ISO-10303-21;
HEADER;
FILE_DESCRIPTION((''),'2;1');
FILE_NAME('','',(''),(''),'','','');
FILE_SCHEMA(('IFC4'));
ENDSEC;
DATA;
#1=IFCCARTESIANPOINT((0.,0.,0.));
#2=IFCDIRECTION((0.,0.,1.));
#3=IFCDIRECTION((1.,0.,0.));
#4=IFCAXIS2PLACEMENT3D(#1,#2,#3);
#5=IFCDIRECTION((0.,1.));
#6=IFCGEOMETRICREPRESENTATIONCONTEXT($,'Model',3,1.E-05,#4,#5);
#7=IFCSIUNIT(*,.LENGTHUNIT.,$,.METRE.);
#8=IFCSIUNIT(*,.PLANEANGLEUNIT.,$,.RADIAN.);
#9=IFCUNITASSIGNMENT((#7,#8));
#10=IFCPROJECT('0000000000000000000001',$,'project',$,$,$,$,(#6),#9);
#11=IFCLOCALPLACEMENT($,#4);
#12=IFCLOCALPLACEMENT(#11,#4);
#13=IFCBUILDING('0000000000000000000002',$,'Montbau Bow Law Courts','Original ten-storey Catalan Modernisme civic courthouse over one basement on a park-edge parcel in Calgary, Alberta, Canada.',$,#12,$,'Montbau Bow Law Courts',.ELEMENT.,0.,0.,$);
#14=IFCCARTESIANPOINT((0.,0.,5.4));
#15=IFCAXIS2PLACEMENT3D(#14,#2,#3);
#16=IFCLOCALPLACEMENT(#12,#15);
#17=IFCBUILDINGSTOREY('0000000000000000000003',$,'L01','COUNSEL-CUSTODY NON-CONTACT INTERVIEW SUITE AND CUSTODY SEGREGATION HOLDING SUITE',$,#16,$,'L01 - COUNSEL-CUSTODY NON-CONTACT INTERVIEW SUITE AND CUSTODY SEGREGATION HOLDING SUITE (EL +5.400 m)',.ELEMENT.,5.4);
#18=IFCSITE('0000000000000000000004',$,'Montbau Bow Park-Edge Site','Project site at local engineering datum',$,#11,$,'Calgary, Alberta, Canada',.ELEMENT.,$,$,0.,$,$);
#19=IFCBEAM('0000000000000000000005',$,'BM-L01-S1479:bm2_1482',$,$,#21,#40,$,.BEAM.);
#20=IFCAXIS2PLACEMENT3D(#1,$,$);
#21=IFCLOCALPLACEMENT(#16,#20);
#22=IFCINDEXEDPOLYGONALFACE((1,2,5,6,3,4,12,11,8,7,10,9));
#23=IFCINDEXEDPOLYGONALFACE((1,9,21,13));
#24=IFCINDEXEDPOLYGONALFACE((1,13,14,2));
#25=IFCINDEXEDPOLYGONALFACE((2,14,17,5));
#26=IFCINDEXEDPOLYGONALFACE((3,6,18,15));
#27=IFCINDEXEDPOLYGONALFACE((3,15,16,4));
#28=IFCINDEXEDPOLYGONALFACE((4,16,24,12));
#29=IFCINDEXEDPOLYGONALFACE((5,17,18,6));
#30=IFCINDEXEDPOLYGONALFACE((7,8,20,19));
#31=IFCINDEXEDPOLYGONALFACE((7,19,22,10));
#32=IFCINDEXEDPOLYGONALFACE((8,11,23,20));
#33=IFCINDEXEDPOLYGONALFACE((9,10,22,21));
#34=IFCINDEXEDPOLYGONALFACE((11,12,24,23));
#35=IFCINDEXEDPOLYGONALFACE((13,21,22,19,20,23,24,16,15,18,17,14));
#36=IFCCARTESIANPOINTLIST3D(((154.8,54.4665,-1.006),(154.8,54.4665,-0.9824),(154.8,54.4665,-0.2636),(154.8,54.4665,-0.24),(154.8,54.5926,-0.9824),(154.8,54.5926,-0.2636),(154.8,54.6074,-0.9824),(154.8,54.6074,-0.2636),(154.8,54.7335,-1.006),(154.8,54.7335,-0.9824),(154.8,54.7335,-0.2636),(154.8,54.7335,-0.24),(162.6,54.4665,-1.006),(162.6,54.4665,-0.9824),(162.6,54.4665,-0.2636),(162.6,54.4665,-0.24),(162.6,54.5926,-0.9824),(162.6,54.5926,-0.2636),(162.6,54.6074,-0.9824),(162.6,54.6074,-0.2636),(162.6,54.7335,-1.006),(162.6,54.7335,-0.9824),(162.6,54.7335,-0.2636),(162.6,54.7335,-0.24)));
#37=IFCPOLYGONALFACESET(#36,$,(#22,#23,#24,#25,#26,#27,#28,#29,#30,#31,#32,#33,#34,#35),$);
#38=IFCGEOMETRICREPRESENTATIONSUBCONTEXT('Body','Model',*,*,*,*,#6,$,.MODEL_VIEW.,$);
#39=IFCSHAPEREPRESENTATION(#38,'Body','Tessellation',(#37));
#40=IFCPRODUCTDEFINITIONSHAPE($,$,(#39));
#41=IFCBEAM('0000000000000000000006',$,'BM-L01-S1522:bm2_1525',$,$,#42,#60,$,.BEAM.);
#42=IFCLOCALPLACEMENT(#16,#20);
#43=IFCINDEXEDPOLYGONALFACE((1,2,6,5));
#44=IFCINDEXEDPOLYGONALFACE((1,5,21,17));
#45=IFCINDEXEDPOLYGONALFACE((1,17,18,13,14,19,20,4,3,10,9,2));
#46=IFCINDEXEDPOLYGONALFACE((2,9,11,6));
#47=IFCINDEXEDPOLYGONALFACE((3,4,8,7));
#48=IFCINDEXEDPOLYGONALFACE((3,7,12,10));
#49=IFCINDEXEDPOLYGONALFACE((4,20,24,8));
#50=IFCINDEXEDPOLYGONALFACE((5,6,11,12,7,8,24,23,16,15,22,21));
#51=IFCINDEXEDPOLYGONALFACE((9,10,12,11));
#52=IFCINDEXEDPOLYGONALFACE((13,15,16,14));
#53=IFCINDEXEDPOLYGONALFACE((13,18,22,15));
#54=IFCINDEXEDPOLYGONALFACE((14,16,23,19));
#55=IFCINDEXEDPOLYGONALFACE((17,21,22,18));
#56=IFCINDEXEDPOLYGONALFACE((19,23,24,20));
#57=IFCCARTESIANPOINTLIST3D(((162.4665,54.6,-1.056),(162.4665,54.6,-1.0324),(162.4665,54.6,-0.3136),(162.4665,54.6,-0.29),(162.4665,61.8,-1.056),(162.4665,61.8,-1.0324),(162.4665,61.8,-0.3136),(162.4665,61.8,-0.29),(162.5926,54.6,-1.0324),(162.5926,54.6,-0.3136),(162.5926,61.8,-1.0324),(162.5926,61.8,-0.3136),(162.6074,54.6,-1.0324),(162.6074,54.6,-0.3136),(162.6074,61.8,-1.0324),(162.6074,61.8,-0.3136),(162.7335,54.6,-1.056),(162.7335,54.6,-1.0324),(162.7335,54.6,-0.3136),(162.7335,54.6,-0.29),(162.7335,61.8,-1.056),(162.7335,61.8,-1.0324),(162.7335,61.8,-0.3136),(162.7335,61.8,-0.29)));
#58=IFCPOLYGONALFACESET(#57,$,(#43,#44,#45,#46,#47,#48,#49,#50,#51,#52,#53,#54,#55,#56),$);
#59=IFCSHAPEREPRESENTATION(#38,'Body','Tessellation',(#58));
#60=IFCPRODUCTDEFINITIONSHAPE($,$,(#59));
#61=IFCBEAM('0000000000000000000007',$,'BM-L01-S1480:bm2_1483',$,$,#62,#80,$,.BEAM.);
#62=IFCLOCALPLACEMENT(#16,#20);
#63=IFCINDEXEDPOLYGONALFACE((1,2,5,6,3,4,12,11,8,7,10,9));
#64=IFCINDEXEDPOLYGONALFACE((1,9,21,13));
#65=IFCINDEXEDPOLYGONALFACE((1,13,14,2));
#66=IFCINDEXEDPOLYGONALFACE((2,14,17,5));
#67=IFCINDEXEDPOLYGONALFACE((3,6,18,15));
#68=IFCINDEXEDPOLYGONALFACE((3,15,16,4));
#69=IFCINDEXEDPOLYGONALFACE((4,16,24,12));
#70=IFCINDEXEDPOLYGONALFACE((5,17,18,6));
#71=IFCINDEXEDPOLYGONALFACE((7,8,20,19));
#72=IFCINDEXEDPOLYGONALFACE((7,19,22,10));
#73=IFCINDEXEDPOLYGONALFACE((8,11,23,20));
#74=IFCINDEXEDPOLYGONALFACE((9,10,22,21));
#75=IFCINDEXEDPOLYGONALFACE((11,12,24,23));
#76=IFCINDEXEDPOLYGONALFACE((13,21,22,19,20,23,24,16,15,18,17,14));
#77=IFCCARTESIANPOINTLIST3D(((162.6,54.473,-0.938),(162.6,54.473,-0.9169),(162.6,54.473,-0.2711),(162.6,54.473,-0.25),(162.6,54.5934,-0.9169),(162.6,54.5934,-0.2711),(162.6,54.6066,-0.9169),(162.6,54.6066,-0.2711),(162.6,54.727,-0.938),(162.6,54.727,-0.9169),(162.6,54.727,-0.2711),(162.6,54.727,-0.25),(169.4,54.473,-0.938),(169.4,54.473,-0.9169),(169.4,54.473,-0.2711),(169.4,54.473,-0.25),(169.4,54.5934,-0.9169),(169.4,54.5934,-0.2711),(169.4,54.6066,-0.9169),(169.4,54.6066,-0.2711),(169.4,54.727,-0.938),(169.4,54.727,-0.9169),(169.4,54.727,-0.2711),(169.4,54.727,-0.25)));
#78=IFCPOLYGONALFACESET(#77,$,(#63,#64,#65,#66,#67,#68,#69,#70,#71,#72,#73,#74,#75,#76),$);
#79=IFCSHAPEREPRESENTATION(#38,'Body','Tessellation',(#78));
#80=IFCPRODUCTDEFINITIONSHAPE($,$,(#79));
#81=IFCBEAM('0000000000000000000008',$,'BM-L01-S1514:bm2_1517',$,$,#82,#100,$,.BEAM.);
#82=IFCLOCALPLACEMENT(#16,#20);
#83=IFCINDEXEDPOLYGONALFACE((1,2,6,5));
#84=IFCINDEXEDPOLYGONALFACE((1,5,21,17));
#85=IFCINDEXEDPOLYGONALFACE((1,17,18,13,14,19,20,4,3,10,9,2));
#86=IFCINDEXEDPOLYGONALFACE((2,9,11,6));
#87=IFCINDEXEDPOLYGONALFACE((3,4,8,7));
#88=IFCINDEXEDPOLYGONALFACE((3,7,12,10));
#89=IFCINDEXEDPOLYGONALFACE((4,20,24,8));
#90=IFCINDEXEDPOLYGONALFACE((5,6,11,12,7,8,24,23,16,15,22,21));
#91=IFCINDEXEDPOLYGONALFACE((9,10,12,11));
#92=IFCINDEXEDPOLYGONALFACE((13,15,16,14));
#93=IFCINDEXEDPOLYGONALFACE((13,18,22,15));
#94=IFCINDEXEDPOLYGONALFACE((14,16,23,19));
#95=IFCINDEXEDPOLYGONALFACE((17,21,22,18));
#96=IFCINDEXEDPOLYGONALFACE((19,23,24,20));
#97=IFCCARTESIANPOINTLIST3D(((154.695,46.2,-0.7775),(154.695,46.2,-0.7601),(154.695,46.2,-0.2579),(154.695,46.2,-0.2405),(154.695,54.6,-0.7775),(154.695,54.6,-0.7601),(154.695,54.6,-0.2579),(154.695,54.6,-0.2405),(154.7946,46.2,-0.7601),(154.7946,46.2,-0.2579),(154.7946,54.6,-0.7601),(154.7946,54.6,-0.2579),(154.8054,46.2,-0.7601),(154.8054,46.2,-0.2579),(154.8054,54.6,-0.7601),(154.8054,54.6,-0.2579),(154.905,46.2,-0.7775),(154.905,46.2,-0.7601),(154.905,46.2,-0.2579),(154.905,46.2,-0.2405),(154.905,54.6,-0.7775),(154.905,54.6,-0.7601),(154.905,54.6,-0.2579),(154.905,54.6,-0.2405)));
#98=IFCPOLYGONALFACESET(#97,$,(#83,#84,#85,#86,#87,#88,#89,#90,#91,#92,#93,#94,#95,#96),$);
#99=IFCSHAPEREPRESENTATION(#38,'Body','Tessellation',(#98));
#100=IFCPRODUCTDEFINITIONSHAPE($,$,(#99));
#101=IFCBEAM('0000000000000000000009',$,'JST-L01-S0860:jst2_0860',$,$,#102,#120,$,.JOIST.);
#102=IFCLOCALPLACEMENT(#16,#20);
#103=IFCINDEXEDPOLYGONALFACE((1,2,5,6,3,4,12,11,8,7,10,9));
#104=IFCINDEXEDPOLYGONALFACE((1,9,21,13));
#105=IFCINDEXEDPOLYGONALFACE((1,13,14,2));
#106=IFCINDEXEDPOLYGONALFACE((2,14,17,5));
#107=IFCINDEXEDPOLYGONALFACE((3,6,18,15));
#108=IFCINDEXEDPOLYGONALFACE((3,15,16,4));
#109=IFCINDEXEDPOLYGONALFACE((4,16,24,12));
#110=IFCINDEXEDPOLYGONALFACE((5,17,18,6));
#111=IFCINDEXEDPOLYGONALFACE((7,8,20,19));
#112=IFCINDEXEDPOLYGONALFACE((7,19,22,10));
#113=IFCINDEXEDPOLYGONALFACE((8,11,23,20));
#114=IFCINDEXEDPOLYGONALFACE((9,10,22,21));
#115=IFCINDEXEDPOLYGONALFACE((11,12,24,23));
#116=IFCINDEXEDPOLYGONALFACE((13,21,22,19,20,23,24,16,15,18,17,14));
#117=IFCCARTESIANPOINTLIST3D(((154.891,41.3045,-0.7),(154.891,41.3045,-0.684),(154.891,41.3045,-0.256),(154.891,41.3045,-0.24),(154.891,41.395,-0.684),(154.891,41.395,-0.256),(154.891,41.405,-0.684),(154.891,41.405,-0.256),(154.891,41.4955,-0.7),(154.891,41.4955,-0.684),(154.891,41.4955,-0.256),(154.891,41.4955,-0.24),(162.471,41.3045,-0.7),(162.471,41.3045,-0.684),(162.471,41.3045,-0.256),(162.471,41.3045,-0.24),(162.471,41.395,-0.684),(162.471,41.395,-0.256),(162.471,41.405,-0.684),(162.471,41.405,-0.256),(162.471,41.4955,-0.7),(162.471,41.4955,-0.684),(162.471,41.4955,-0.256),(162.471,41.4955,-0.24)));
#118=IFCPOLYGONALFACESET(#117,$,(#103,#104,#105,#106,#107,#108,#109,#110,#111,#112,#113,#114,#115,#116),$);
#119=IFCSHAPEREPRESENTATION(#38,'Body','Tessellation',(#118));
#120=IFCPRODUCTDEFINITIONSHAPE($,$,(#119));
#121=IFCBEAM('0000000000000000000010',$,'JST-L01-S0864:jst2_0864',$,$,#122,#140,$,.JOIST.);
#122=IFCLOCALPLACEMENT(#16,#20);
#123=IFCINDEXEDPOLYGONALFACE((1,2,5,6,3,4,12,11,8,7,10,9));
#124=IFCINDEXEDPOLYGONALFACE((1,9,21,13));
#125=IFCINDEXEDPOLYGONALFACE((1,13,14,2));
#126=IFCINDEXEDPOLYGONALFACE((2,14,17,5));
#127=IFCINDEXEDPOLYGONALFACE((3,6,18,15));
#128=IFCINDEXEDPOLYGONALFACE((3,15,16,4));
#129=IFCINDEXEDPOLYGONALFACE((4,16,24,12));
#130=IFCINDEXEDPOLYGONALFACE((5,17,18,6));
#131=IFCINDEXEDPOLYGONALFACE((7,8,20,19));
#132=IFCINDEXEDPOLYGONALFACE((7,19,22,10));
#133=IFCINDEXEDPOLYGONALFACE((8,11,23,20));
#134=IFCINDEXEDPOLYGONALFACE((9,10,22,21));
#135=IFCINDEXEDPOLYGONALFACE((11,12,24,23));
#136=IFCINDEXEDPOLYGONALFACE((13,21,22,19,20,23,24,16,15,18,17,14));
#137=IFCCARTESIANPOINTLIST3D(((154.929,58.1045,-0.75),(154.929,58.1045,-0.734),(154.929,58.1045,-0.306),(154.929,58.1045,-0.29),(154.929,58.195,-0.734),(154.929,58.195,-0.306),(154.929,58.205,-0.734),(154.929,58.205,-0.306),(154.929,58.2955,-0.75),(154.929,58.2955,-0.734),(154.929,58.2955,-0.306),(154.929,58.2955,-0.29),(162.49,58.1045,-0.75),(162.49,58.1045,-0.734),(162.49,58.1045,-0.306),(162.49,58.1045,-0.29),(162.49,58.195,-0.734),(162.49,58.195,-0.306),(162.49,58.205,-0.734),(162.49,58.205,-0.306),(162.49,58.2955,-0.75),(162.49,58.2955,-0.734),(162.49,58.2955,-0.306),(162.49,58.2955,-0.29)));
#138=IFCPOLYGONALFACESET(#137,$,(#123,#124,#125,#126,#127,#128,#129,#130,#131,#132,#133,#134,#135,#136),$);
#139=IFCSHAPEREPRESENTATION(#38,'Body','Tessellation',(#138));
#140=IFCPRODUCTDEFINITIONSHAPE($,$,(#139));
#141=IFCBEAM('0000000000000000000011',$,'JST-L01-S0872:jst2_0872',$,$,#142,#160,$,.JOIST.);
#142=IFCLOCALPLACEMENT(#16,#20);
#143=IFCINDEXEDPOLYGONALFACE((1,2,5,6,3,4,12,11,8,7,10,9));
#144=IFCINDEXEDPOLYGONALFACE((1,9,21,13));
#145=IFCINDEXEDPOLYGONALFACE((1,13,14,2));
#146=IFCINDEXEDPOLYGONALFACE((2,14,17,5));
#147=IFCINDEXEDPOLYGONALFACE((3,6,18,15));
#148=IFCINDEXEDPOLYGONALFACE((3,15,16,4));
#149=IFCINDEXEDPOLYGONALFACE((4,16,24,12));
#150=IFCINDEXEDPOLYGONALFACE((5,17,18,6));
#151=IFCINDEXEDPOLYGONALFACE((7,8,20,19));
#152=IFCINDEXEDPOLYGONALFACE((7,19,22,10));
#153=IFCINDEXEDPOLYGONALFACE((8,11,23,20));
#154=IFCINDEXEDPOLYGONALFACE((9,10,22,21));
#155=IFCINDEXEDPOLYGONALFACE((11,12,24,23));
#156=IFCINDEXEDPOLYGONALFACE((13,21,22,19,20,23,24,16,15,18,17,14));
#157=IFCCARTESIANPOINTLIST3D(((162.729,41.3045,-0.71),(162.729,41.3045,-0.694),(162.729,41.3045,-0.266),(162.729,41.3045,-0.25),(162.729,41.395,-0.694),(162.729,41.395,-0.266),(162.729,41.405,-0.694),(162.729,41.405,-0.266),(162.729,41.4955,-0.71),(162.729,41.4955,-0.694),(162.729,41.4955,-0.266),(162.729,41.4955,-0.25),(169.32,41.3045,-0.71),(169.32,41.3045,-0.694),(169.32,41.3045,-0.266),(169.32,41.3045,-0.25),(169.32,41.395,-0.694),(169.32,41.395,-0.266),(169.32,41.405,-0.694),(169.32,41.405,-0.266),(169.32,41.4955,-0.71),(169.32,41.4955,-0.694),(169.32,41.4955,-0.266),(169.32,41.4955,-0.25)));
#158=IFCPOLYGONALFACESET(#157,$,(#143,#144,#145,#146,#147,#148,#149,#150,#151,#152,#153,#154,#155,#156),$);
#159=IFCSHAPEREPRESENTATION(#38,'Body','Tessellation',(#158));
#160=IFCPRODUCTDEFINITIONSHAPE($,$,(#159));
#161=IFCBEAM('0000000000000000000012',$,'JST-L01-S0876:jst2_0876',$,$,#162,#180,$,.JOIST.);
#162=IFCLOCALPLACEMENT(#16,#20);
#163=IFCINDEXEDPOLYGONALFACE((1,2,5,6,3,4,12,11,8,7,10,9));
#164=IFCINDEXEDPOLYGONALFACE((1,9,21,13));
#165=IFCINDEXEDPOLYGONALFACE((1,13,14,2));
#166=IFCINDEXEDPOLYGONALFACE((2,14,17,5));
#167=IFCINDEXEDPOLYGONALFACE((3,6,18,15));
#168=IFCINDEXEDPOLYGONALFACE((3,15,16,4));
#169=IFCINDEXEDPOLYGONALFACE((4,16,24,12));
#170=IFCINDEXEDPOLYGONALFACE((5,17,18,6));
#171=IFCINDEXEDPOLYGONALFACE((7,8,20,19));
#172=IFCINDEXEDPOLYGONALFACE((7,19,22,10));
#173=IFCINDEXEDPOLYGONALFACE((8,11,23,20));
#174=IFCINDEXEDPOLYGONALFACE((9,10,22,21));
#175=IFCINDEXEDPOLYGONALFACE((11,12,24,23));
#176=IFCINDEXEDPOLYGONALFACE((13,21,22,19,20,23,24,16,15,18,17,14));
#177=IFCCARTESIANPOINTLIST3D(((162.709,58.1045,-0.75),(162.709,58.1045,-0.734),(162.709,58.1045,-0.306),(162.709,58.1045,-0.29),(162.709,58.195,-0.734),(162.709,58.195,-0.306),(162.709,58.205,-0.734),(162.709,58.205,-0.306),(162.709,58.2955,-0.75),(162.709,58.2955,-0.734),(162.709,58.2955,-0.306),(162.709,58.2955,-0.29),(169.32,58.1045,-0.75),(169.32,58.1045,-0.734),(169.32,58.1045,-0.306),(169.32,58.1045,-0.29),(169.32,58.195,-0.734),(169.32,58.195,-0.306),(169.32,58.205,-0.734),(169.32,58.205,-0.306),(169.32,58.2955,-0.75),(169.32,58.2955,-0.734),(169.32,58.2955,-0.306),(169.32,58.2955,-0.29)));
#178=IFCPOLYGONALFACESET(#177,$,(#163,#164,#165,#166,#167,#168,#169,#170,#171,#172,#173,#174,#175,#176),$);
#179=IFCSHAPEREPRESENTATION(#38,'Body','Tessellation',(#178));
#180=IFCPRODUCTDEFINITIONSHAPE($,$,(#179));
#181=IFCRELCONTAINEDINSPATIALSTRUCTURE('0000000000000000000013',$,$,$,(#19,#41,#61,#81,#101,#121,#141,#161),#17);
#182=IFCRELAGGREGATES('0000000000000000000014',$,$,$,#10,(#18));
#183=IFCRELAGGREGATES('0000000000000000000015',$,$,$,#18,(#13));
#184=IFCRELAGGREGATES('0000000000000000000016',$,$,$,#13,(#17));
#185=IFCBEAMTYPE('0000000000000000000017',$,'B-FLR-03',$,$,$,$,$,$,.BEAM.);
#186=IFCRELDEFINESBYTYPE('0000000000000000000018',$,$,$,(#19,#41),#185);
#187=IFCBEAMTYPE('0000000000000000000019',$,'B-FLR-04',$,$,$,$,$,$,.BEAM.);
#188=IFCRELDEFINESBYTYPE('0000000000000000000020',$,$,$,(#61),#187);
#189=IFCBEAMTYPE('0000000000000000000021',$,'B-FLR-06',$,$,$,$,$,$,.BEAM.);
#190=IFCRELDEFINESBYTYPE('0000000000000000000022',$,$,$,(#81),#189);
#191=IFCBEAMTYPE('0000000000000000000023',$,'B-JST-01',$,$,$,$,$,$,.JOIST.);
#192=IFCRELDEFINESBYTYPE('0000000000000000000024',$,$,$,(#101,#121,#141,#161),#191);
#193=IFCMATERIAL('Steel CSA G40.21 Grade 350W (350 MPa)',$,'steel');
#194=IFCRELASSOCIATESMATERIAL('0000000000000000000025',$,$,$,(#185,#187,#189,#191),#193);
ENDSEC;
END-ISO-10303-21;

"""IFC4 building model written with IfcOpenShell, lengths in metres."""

from ifc_helpers import new_model, si_unit, direction, frame, origin_with_axes, origin_2d_with_axis, place, context, subcontext, project, spatial, i_section, extrude, material, material_profile, profile_set, type_object, element, save


model = new_model("IFC4")

# Units and contexts
model_context = context("Model", 3, precision=1e-05, world=origin_with_axes(), true_north=direction((0.0, 1.0)))
body_context = subcontext(model_context, "Body", "Model", "MODEL_VIEW")
ifc_project = project(units=[si_unit("LENGTHUNIT", "METRE"), si_unit("PLANEANGLEUNIT", "RADIAN")], contexts=[model_context])

# Site, building, storey
site_placement = place(None, origin_with_axes())
site = spatial("IfcSite", under=ifc_project, at=site_placement, Name="Montbau Bow Park-Edge Site", Description="Project site at local engineering datum", LongName="Calgary, Alberta, Canada", CompositionType="ELEMENT", RefElevation=0.0)
building_placement = place(site_placement, origin_with_axes())
building = spatial("IfcBuilding", under=site, at=building_placement, Name="Montbau Bow Law Courts", Description="Original ten-storey Catalan Modernisme civic courthouse over one basement on a park-edge parcel in Calgary, Alberta, Canada.", LongName="Montbau Bow Law Courts", CompositionType="ELEMENT", ElevationOfRefHeight=0.0, ElevationOfTerrain=0.0)
storey_placement = place(building_placement, frame((0.0, 0.0, 5.4), z_axis=(0.0, 0.0, 1.0), x_axis=(1.0, 0.0, 0.0)))
storey = spatial("IfcBuildingStorey", under=building, at=storey_placement, Name="L01", Description="COUNSEL-CUSTODY NON-CONTACT INTERVIEW SUITE AND CUSTODY SEGREGATION HOLDING SUITE", LongName="L01 - COUNSEL-CUSTODY NON-CONTACT INTERVIEW SUITE AND CUSTODY SEGREGATION HOLDING SUITE (EL +5.400 m)", CompositionType="ELEMENT", Elevation=5.4)

# Shared definitions
ifc_material_1 = material(Name="Steel CSA G40.21 Grade 350W (350 MPa)", Category="steel")

# Beams
ifc_material_profile_1 = material_profile(ifc_material_1, i_section(OverallWidth=0.267, OverallDepth=0.766, WebThickness=0.0149, FlangeThickness=0.0236, at=origin_2d_with_axis()), Name="W760X185", Category="Main", Priority=0)
ifc_profile_set_1 = profile_set([ifc_material_profile_1], Name="Steel CSA G40.21 Grade 350W (350 MPa)")
beam_type_1 = type_object("IfcBeamType", Name="B-FLR-03", PredefinedType="BEAM", material=ifc_profile_set_1)
beam_1_placement = place(None, frame((154.8, 54.6, 4.777), z_axis=(1.0, 0.0, 0.0), x_axis=(0.0, 1.0, 0.0)))
element("IfcBeam", 1, at=beam_1_placement, inside=storey, type_object=beam_type_1, Name="BM-L01-S1479:bm2_1482", PredefinedType="BEAM", context=body_context, shape_type="SweptSolid", body=[
    extrude(i_section(OverallWidth=0.267, OverallDepth=0.766, WebThickness=0.0149, FlangeThickness=0.0236, at=origin_2d_with_axis()), origin_with_axes(), (0.0, 0.0, 1.0), 7.8),
])
beam_2_placement = place(None, frame((162.6, 54.6, 4.727), z_axis=(0.0, 1.0, 0.0), x_axis=(-1.0, 0.0, 0.0)))
element("IfcBeam", 2, at=beam_2_placement, inside=storey, type_object=beam_type_1, Name="BM-L01-S1522:bm2_1525", PredefinedType="BEAM", context=body_context, shape_type="SweptSolid", body=[
    extrude(i_section(OverallWidth=0.267, OverallDepth=0.766, WebThickness=0.0149, FlangeThickness=0.0236, at=origin_2d_with_axis()), origin_with_axes(), (0.0, 0.0, 1.0), 7.2),
])
ifc_material_profile_2 = material_profile(ifc_material_1, i_section(OverallWidth=0.254, OverallDepth=0.688, WebThickness=0.0131, FlangeThickness=0.0211, at=origin_2d_with_axis()), Name="W690X152", Category="Main", Priority=0)
ifc_profile_set_2 = profile_set([ifc_material_profile_2], Name="Steel CSA G40.21 Grade 350W (350 MPa)")
beam_type_2 = type_object("IfcBeamType", Name="B-FLR-04", PredefinedType="BEAM", material=ifc_profile_set_2)
beam_3_placement = place(None, frame((162.6, 54.6, 4.806), z_axis=(1.0, 0.0, 0.0), x_axis=(0.0, 1.0, 0.0)))
element("IfcBeam", 3, at=beam_3_placement, inside=storey, type_object=beam_type_2, Name="BM-L01-S1480:bm2_1483", PredefinedType="BEAM", context=body_context, shape_type="SweptSolid", body=[
    extrude(i_section(OverallWidth=0.254, OverallDepth=0.688, WebThickness=0.0131, FlangeThickness=0.0211, at=origin_2d_with_axis()), origin_with_axes(), (0.0, 0.0, 1.0), 6.8),
])
ifc_material_profile_3 = material_profile(ifc_material_1, i_section(OverallWidth=0.21, OverallDepth=0.537, WebThickness=0.0109, FlangeThickness=0.0174, at=origin_2d_with_axis()), Name="W530X101", Category="Main", Priority=0)
ifc_profile_set_3 = profile_set([ifc_material_profile_3], Name="Steel CSA G40.21 Grade 350W (350 MPa)")
beam_type_3 = type_object("IfcBeamType", Name="B-FLR-06", PredefinedType="BEAM", material=ifc_profile_set_3)
beam_4_placement = place(None, frame((154.8, 46.2, 4.891), z_axis=(0.0, 1.0, 0.0), x_axis=(-1.0, 0.0, 0.0)))
element("IfcBeam", 4, at=beam_4_placement, inside=storey, type_object=beam_type_3, Name="BM-L01-S1514:bm2_1517", PredefinedType="BEAM", context=body_context, shape_type="SweptSolid", body=[
    extrude(i_section(OverallWidth=0.21, OverallDepth=0.537, WebThickness=0.0109, FlangeThickness=0.0174, at=origin_2d_with_axis()), origin_with_axes(), (0.0, 0.0, 1.0), 8.4),
])
ifc_material_profile_4 = material_profile(ifc_material_1, i_section(OverallWidth=0.191, OverallDepth=0.46, WebThickness=0.0099, FlangeThickness=0.016, at=origin_2d_with_axis()), Name="W460X82", Category="Main", Priority=0)
ifc_profile_set_4 = profile_set([ifc_material_profile_4], Name="Steel CSA G40.21 Grade 350W (350 MPa)")
beam_type_4 = type_object("IfcBeamType", Name="B-JST-01", PredefinedType="JOIST", material=ifc_profile_set_4)
beam_5_placement = place(None, frame((154.891, 41.4, 4.93), z_axis=(1.0, 0.0, 0.0), x_axis=(0.0, 1.0, 0.0)))
element("IfcBeam", 5, at=beam_5_placement, inside=storey, type_object=beam_type_4, Name="JST-L01-S0860:jst2_0860", PredefinedType="JOIST", context=body_context, shape_type="SweptSolid", body=[
    extrude(i_section(OverallWidth=0.191, OverallDepth=0.46, WebThickness=0.0099, FlangeThickness=0.016, at=origin_2d_with_axis()), origin_with_axes(), (0.0, 0.0, 1.0), 7.58),
])
beam_6_placement = place(None, frame((154.929, 58.2, 4.88), z_axis=(1.0, 0.0, 0.0), x_axis=(0.0, 1.0, 0.0)))
element("IfcBeam", 6, at=beam_6_placement, inside=storey, type_object=beam_type_4, Name="JST-L01-S0864:jst2_0864", PredefinedType="JOIST", context=body_context, shape_type="SweptSolid", body=[
    extrude(i_section(OverallWidth=0.191, OverallDepth=0.46, WebThickness=0.0099, FlangeThickness=0.016, at=origin_2d_with_axis()), origin_with_axes(), (0.0, 0.0, 1.0), 7.561),
])
beam_7_placement = place(None, frame((162.729, 41.4, 4.92), z_axis=(1.0, 0.0, 0.0), x_axis=(0.0, 1.0, 0.0)))
element("IfcBeam", 7, at=beam_7_placement, inside=storey, type_object=beam_type_4, Name="JST-L01-S0872:jst2_0872", PredefinedType="JOIST", context=body_context, shape_type="SweptSolid", body=[
    extrude(i_section(OverallWidth=0.191, OverallDepth=0.46, WebThickness=0.0099, FlangeThickness=0.016, at=origin_2d_with_axis()), origin_with_axes(), (0.0, 0.0, 1.0), 6.591),
])
beam_8_placement = place(None, frame((162.709, 58.2, 4.88), z_axis=(1.0, 0.0, 0.0), x_axis=(0.0, 1.0, 0.0)))
element("IfcBeam", 8, at=beam_8_placement, inside=storey, type_object=beam_type_4, Name="JST-L01-S0876:jst2_0876", PredefinedType="JOIST", context=body_context, shape_type="SweptSolid", body=[
    extrude(i_section(OverallWidth=0.191, OverallDepth=0.46, WebThickness=0.0099, FlangeThickness=0.016, at=origin_2d_with_axis()), origin_with_axes(), (0.0, 0.0, 1.0), 6.611),
])

save(model, "model.ifc")
